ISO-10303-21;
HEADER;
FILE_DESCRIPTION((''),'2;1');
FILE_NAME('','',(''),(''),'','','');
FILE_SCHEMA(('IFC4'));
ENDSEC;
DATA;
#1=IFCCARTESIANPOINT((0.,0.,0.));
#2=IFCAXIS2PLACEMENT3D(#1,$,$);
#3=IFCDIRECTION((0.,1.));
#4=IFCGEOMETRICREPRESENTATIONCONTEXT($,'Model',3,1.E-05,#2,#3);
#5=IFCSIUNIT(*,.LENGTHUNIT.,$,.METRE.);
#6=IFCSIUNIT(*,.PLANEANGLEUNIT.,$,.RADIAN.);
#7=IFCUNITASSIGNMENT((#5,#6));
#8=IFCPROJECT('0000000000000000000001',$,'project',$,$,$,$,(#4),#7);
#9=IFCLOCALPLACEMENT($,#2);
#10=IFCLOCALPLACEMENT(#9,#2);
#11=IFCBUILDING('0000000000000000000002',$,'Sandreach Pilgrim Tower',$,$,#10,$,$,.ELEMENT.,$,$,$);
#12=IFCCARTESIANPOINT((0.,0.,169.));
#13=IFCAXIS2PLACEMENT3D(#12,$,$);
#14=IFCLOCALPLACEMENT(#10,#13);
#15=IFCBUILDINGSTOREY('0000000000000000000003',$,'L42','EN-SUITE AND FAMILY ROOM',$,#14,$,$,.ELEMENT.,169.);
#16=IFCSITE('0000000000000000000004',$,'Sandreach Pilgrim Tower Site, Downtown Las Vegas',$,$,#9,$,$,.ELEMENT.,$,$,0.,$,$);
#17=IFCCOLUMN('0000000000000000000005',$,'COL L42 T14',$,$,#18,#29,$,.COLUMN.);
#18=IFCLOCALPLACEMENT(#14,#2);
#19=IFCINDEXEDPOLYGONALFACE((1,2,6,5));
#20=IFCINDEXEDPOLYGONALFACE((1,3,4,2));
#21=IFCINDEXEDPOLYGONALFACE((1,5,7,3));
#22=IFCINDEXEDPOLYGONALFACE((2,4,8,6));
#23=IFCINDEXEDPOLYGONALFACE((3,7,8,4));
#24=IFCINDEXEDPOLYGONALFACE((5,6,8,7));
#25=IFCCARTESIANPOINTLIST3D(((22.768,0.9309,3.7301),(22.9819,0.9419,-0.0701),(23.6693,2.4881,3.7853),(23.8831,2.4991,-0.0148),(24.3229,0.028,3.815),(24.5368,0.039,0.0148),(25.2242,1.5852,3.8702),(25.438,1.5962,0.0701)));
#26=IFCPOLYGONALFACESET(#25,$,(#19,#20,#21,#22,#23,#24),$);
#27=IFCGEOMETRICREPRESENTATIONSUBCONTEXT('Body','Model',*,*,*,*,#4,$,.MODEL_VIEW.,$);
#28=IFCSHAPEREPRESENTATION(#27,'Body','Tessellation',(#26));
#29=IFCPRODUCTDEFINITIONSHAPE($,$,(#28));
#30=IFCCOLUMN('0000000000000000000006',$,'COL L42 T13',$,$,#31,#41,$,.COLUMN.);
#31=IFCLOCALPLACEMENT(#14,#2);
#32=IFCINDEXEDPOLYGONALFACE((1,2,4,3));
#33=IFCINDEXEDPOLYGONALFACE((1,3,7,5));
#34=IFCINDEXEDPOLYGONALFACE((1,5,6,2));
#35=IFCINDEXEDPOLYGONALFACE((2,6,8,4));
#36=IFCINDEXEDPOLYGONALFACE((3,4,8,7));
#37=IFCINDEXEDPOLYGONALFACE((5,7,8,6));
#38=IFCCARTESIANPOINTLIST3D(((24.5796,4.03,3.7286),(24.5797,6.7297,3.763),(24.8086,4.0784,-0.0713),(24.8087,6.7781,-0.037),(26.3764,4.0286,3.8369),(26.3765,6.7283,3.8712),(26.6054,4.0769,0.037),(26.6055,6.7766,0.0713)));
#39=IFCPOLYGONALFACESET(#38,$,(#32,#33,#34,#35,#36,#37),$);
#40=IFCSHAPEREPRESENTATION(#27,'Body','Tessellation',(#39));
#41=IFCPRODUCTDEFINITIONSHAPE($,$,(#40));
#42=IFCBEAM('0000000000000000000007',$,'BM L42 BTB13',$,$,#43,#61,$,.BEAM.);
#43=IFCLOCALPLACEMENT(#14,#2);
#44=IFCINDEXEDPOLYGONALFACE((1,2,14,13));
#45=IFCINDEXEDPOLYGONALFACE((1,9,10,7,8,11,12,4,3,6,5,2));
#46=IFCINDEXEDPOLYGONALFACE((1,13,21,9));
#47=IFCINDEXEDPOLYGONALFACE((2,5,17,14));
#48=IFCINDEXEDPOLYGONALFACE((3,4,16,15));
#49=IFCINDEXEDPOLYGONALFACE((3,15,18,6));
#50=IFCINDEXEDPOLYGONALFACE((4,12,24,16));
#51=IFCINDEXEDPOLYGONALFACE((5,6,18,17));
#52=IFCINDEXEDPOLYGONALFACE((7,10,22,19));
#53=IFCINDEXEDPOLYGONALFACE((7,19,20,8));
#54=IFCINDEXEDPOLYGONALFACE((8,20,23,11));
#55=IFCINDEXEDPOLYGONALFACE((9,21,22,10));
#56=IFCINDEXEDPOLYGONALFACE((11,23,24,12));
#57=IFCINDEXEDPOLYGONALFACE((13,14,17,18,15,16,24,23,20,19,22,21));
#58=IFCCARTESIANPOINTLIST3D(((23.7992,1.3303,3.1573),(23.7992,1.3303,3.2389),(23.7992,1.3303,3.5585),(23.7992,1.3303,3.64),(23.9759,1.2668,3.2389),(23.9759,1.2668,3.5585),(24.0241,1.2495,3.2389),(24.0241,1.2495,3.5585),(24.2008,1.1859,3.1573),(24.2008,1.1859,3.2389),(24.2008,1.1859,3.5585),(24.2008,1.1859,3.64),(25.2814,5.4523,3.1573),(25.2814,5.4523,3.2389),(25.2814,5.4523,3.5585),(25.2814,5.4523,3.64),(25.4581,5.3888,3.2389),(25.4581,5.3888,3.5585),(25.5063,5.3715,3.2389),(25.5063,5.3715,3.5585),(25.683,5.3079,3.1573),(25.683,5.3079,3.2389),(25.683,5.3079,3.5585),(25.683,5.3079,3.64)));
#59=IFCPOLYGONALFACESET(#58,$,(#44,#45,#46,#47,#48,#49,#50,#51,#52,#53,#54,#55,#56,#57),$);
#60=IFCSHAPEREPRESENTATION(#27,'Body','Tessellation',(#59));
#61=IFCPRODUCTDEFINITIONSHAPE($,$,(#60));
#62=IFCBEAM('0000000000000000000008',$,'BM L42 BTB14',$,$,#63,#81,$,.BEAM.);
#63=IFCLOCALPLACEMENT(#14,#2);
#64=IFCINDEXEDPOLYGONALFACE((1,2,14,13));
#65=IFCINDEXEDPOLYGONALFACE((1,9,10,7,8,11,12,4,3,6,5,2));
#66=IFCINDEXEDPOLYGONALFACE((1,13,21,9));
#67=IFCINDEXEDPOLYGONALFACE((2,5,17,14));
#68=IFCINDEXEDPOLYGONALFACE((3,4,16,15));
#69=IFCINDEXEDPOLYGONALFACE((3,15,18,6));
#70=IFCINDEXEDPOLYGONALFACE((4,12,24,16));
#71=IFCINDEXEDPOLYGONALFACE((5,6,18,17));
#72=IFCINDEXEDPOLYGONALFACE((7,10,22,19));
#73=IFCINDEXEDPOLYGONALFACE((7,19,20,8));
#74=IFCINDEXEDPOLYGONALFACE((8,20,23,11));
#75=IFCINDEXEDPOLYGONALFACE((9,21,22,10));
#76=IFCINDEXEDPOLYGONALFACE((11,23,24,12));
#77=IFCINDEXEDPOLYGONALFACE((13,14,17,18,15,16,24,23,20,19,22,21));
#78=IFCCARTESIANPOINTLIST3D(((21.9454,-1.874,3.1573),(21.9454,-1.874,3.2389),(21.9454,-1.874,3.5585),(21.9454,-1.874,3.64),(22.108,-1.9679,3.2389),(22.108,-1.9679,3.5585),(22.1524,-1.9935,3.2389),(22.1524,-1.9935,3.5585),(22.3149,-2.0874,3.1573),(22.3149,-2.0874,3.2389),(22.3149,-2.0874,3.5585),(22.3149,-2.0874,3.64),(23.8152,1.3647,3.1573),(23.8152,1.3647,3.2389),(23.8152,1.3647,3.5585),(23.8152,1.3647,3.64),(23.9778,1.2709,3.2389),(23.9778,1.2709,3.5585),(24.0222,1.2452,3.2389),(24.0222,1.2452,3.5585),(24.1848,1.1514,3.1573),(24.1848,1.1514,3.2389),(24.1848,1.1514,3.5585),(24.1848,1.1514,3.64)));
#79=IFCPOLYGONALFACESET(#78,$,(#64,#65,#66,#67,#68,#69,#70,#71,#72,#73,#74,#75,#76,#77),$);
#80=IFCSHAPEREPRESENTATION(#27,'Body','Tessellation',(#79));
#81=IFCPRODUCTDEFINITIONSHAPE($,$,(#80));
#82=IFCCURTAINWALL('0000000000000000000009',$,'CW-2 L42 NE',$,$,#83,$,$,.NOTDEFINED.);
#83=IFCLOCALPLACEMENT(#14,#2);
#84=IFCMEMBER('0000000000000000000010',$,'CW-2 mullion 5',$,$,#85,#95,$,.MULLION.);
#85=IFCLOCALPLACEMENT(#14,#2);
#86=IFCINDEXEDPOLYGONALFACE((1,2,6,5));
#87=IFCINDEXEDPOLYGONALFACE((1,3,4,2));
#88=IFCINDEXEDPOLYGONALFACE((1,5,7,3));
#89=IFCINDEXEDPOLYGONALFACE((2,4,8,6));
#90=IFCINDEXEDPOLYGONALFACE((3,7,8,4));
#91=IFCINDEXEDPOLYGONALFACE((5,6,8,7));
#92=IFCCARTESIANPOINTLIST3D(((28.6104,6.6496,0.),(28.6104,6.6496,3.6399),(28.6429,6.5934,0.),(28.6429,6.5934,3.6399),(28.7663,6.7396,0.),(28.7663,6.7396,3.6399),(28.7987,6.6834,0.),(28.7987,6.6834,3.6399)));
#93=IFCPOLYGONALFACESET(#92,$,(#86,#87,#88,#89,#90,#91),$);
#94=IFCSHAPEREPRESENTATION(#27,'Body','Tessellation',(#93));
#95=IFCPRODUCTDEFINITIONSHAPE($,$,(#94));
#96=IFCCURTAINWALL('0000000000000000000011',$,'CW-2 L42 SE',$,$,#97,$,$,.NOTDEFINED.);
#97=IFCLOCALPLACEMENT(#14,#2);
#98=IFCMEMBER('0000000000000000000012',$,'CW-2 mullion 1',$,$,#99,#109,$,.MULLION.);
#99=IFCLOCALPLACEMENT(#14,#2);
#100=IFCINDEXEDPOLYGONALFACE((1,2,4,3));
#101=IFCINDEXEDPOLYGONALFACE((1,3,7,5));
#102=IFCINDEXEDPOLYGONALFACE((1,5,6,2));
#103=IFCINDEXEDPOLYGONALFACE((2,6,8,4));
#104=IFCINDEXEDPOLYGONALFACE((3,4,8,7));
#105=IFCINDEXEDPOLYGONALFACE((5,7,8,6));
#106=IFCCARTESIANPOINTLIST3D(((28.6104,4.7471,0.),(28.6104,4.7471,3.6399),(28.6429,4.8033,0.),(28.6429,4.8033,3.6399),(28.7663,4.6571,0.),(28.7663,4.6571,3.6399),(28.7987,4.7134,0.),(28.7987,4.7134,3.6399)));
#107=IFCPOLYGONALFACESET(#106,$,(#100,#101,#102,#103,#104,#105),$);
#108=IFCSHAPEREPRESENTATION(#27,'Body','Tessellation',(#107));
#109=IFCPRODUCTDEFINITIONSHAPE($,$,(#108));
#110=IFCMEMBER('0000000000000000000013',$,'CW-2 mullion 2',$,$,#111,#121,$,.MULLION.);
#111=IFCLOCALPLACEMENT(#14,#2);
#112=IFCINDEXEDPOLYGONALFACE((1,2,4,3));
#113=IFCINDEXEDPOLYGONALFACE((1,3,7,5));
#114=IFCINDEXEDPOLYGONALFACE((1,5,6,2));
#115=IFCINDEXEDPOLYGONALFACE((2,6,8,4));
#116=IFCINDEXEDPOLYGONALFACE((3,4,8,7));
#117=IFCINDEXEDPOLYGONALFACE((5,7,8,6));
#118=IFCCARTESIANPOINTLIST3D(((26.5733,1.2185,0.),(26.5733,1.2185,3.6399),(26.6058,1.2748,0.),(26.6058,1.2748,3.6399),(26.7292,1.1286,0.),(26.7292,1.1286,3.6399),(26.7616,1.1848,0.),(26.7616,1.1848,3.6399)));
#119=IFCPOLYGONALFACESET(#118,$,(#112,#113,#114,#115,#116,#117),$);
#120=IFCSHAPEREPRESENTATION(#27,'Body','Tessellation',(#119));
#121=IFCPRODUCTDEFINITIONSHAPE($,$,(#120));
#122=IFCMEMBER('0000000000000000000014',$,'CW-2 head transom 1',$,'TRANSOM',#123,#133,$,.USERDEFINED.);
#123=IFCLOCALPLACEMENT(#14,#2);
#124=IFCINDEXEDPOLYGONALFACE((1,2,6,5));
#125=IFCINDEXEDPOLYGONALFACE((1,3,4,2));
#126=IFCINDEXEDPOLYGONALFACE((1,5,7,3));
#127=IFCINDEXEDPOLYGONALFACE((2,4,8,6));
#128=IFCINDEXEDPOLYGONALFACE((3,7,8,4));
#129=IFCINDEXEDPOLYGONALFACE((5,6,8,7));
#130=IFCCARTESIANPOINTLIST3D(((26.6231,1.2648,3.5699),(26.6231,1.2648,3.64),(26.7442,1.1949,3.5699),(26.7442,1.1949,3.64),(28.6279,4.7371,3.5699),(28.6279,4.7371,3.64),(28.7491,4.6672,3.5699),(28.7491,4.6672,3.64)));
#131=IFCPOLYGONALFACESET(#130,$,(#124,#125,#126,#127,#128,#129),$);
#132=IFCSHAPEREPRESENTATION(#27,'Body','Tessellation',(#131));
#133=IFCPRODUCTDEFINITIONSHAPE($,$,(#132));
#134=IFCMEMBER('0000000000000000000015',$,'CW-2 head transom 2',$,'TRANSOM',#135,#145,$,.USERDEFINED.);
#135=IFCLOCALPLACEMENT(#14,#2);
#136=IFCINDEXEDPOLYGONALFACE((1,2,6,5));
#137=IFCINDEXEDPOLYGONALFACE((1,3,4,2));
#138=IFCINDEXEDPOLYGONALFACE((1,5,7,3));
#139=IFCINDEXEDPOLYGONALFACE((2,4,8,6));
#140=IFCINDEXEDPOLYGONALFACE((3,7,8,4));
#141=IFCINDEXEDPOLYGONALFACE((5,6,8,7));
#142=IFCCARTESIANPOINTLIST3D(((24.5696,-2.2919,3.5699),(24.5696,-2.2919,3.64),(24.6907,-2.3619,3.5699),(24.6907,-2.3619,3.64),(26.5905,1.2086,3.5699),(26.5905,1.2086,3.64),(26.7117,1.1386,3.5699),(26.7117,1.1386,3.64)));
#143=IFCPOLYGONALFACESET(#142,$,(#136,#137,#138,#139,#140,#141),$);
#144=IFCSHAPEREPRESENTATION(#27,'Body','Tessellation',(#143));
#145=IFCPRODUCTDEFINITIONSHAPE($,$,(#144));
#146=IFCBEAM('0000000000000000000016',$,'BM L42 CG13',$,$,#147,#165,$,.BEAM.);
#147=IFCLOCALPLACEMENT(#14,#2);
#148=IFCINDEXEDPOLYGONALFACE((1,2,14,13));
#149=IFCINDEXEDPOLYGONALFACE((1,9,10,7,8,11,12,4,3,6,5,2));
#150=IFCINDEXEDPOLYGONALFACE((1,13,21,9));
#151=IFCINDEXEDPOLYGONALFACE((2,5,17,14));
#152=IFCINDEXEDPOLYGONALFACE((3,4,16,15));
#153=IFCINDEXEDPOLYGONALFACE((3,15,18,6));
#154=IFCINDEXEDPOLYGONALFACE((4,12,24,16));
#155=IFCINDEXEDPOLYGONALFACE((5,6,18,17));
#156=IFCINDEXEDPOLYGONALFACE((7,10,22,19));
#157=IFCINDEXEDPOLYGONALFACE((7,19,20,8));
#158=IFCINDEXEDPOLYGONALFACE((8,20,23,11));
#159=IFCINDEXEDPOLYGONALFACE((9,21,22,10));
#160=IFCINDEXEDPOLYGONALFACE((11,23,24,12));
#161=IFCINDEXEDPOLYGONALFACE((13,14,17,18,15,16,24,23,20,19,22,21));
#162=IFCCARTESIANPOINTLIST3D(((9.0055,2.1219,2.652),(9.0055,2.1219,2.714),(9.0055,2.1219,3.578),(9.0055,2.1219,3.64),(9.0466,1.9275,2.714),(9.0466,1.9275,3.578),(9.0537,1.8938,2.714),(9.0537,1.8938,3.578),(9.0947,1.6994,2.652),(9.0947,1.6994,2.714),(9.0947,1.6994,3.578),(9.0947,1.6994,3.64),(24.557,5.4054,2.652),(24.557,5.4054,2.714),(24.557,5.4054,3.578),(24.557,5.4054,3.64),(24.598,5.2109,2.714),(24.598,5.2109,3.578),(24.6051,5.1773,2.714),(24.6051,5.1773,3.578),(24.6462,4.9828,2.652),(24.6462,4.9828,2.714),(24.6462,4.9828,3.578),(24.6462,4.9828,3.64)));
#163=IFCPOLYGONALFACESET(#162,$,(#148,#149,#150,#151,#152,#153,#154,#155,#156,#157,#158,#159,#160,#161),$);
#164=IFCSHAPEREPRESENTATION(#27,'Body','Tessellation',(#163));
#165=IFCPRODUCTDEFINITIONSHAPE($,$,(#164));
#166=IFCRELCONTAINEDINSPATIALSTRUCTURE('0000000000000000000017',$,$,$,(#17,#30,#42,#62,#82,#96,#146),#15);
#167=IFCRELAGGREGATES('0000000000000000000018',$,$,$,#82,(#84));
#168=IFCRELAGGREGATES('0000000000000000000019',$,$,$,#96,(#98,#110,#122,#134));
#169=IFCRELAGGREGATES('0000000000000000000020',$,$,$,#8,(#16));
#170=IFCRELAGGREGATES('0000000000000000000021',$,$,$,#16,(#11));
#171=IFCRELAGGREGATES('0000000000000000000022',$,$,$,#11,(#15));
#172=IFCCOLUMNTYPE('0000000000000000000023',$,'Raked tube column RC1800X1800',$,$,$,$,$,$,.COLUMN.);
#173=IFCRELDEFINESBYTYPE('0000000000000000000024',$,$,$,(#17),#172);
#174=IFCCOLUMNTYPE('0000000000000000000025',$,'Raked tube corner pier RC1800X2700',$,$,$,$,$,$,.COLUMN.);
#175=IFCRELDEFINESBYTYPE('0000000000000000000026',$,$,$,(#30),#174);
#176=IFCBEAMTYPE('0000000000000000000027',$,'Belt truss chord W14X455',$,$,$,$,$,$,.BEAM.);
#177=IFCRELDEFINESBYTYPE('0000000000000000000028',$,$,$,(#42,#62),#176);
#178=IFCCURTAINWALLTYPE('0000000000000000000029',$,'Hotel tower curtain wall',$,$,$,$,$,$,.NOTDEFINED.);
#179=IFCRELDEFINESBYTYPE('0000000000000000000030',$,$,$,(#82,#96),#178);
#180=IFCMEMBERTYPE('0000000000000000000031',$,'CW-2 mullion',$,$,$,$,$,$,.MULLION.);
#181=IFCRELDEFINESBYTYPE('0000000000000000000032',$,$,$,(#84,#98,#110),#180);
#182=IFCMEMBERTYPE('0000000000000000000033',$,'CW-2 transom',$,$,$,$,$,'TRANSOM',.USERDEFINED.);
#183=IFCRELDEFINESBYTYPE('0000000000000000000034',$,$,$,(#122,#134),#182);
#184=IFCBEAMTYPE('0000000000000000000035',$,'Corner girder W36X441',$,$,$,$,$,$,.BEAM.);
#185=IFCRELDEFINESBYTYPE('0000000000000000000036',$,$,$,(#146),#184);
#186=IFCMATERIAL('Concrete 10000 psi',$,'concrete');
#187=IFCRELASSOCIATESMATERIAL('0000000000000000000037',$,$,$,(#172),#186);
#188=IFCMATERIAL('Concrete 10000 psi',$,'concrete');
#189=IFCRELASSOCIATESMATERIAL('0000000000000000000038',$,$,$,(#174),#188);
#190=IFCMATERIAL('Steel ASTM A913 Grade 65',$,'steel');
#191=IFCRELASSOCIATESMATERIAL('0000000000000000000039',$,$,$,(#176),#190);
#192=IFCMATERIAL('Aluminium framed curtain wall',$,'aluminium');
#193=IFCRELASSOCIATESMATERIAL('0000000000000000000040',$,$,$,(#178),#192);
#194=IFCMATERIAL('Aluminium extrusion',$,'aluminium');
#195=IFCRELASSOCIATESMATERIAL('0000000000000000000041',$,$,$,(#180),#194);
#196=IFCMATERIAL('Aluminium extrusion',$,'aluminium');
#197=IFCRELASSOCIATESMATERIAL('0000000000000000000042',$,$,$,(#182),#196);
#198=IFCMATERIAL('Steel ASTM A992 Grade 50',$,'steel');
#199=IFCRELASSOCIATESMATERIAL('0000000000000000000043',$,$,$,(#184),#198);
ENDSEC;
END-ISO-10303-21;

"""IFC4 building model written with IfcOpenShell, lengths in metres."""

from ifc_helpers import new_model, si_unit, direction, frame, origin, origin_2d, place, context, subcontext, project, spatial, rectangle, i_section, extrude, material, material_profile, profile_set, type_object, element, aggregate, save


model = new_model("IFC4")

# Units and contexts
model_context = context("Model", 3, precision=1e-05, world=origin(), true_north=direction((0.0, 1.0)))
body_context = subcontext(model_context, "Body", "Model", "MODEL_VIEW")
ifc_project = project(units=[si_unit("LENGTHUNIT", "METRE"), si_unit("PLANEANGLEUNIT", "RADIAN")], contexts=[model_context])

# Site, building, storey
site_placement = place(None, origin())
site = spatial("IfcSite", under=ifc_project, at=site_placement, Name="Sandreach Pilgrim Tower Site, Downtown Las Vegas", CompositionType="ELEMENT", RefElevation=0.0)
building_placement = place(site_placement, origin())
building = spatial("IfcBuilding", under=site, at=building_placement, Name="Sandreach Pilgrim Tower", CompositionType="ELEMENT")
storey_placement = place(building_placement, frame((0.0, 0.0, 169.0)))
storey = spatial("IfcBuildingStorey", under=building, at=storey_placement, Name="L42", Description="EN-SUITE AND FAMILY ROOM", CompositionType="ELEMENT", Elevation=169.0)

# Columns
ifc_material_1 = material(Name="Concrete 10000 psi", Category="concrete")
ifc_material_profile_1 = material_profile(ifc_material_1, rectangle(XDim=1.8, YDim=1.8, at=origin_2d()), Name="RC1800X1800")
ifc_profile_set_1 = profile_set([ifc_material_profile_1], Name="Concrete 10000 psi")
column_type_1 = type_object("IfcColumnType", Name="Raked tube column RC1800X1800", PredefinedType="COLUMN", material=ifc_profile_set_1)
column_1_placement = place(storey_placement, frame((24.21, 1.269, 0.0), z_axis=(-0.056191, -0.002887, 0.998416), x_axis=(0.86381, -0.501605, 0.047165)))
element("IfcColumn", 1, at=column_1_placement, inside=storey, type_object=column_type_1, Name="COL L42 T14", PredefinedType="COLUMN", context=body_context, shape_type="SweptSolid", body=[
    extrude(rectangle(XDim=1.8, YDim=1.8, at=origin_2d()), origin(), (0.0, 0.0, 1.0), 3.8062),
])
ifc_material_2 = material(Name="Concrete 10000 psi", Category="concrete")
ifc_material_profile_2 = material_profile(ifc_material_2, rectangle(XDim=1.8, YDim=2.7, at=origin_2d()), Name="RC1800X2700")
ifc_profile_set_2 = profile_set([ifc_material_profile_2], Name="Concrete 10000 psi")
column_type_2 = type_object("IfcColumnType", Name="Raked tube corner pier RC1800X2700", PredefinedType="COLUMN", material=ifc_profile_set_2)
column_2_placement = place(storey_placement, frame((25.707, 5.4275, 0.0), z_axis=(-0.060149, -0.012697, 0.998109), x_axis=(0.998189, -0.000809, 0.060144)))
element("IfcColumn", 2, at=column_2_placement, inside=storey, type_object=column_type_2, Name="COL L42 T13", PredefinedType="COLUMN", context=body_context, shape_type="SweptSolid", body=[
    extrude(rectangle(XDim=1.8, YDim=2.7, at=origin_2d()), origin(), (0.0, 0.0, 1.0), 3.8071),
])

# Beams
ifc_material_3 = material(Name="Steel ASTM A913 Grade 65", Category="steel")
ifc_material_profile_3 = material_profile(ifc_material_3, i_section(OverallWidth=0.4268, OverallDepth=0.4827, WebThickness=0.0513, FlangeThickness=0.0815, at=origin_2d()), Name="W14X455")
ifc_profile_set_3 = profile_set([ifc_material_profile_3], Name="Steel ASTM A913 Grade 65")
beam_type_1 = type_object("IfcBeamType", Name="Belt truss chord W14X455", PredefinedType="BEAM", material=ifc_profile_set_3)
beam_1_placement = place(storey_placement, frame((25.4822, 5.3801, 3.3987), z_axis=(-0.338362, -0.941016, 0.0), x_axis=(0.941016, -0.338362, 0.0)))
element("IfcBeam", 3, at=beam_1_placement, inside=storey, type_object=beam_type_1, Name="BM L42 BTB13", PredefinedType="BEAM", context=body_context, shape_type="SweptSolid", body=[
    extrude(i_section(OverallWidth=0.4268, OverallDepth=0.4827, WebThickness=0.0513, FlangeThickness=0.0815, at=origin_2d()), origin(), (0.0, 0.0, 1.0), 4.3804),
])
beam_2_placement = place(storey_placement, frame((24.0, 1.2581, 3.3987), z_axis=(-0.499994, -0.866029, 0.0), x_axis=(0.866029, -0.499994, 0.0)))
element("IfcBeam", 4, at=beam_2_placement, inside=storey, type_object=beam_type_1, Name="BM L42 BTB14", PredefinedType="BEAM", context=body_context, shape_type="SweptSolid", body=[
    extrude(i_section(OverallWidth=0.4268, OverallDepth=0.4827, WebThickness=0.0513, FlangeThickness=0.0815, at=origin_2d()), origin(), (0.0, 0.0, 1.0), 3.7397),
])

# Curtain wall, member
ifc_material_4 = material(Name="Aluminium framed curtain wall", Category="aluminium")
curtain_wall_type = type_object("IfcCurtainWallType", Name="Hotel tower curtain wall", PredefinedType="NOTDEFINED", material=ifc_material_4)
curtain_wall_1_placement = place(storey_placement, origin())
curtain_wall_1 = element("IfcCurtainWall", 5, at=curtain_wall_1_placement, inside=storey, type_object=curtain_wall_type, Name="CW-2 L42 NE", PredefinedType="NOTDEFINED")
ifc_material_5 = material(Name="Aluminium extrusion", Category="aluminium")
ifc_material_profile_4 = material_profile(ifc_material_5, rectangle(XDim=0.0649, YDim=0.1799, at=origin_2d()), Name="CW-2M 65X180")
ifc_profile_set_4 = profile_set([ifc_material_profile_4], Name="Aluminium extrusion")
member_type_1 = type_object("IfcMemberType", Name="CW-2 mullion", PredefinedType="MULLION", material=ifc_profile_set_4)
member_1_placement = place(storey_placement, frame((28.7046, 6.6665, 0.0), z_axis=(0.0, 0.0, 1.0), x_axis=(0.5, -0.866025, 0.0)))
member_1 = element("IfcMember", 6, at=member_1_placement, type_object=member_type_1, Name="CW-2 mullion 5", PredefinedType="MULLION", context=body_context, shape_type="SweptSolid", body=[
    extrude(rectangle(XDim=0.0649, YDim=0.1799, at=origin_2d()), origin(), (0.0, 0.0, 1.0), 3.6399),
])

# Curtain wall, members
curtain_wall_2_placement = place(storey_placement, origin())
curtain_wall_2 = element("IfcCurtainWall", 7, at=curtain_wall_2_placement, inside=storey, type_object=curtain_wall_type, Name="CW-2 L42 SE", PredefinedType="NOTDEFINED")
member_2_placement = place(storey_placement, frame((28.7046, 4.7302, 0.0), z_axis=(0.0, 0.0, 1.0), x_axis=(-0.5, -0.866025, 0.0)))
member_2 = element("IfcMember", 8, at=member_2_placement, type_object=member_type_1, Name="CW-2 mullion 1", PredefinedType="MULLION", context=body_context, shape_type="SweptSolid", body=[
    extrude(rectangle(XDim=0.0649, YDim=0.1799, at=origin_2d()), origin(), (0.0, 0.0, 1.0), 3.6399),
])
member_3_placement = place(storey_placement, frame((26.6675, 1.2017, 0.0), z_axis=(0.0, 0.0, 1.0), x_axis=(-0.5, -0.866025, 0.0)))
member_3 = element("IfcMember", 9, at=member_3_placement, type_object=member_type_1, Name="CW-2 mullion 2", PredefinedType="MULLION", context=body_context, shape_type="SweptSolid", body=[
    extrude(rectangle(XDim=0.0649, YDim=0.1799, at=origin_2d()), origin(), (0.0, 0.0, 1.0), 3.6399),
])
ifc_material_6 = material(Name="Aluminium extrusion", Category="aluminium")
ifc_material_profile_5 = material_profile(ifc_material_6, rectangle(XDim=0.1399, YDim=0.0701, at=origin_2d()), Name="CW-2T 140X70")
ifc_profile_set_5 = profile_set([ifc_material_profile_5], Name="Aluminium extrusion")
member_type_2 = type_object("IfcMemberType", Name="CW-2 transom", ElementType="TRANSOM", PredefinedType="USERDEFINED", material=ifc_profile_set_5)
member_4_placement = place(storey_placement, frame((28.6885, 4.7021, 3.605), z_axis=(-0.500016, -0.866016, 0.0), x_axis=(0.866016, -0.500016, 0.0)))
member_4 = element("IfcMember", 10, at=member_4_placement, type_object=member_type_2, Name="CW-2 head transom 1", ObjectType="TRANSOM", PredefinedType="USERDEFINED", context=body_context, shape_type="SweptSolid", body=[
    extrude(rectangle(XDim=0.1399, YDim=0.0701, at=origin_2d()), origin(), (0.0, 0.0, 1.0), 4.0095),
])
member_5_placement = place(storey_placement, frame((26.6511, 1.1736, 3.605), z_axis=(-0.499998, -0.866027, 0.0), x_axis=(0.866027, -0.499998, 0.0)))
member_5 = element("IfcMember", 11, at=member_5_placement, type_object=member_type_2, Name="CW-2 head transom 2", ObjectType="TRANSOM", PredefinedType="USERDEFINED", context=body_context, shape_type="SweptSolid", body=[
    extrude(rectangle(XDim=0.1399, YDim=0.0701, at=origin_2d()), origin(), (0.0, 0.0, 1.0), 4.042),
])

# Beam
ifc_material_7 = material(Name="Steel ASTM A992 Grade 50", Category="steel")
ifc_material_profile_6 = material_profile(ifc_material_7, i_section(OverallWidth=0.4319, OverallDepth=0.988, WebThickness=0.0344, FlangeThickness=0.062, at=origin_2d()), Name="W36X441")
ifc_profile_set_6 = profile_set([ifc_material_profile_6], Name="Steel ASTM A992 Grade 50")
beam_type_2 = type_object("IfcBeamType", Name="Corner girder W36X441", PredefinedType="BEAM", material=ifc_profile_set_6)
beam_3_placement = place(storey_placement, frame((24.6016, 5.1941, 3.146), z_axis=(-0.97843, -0.206579, 0.0), x_axis=(0.206579, -0.97843, 0.0)))
element("IfcBeam", 12, at=beam_3_placement, inside=storey, type_object=beam_type_2, Name="BM L42 CG13", PredefinedType="BEAM", context=body_context, shape_type="SweptSolid", body=[
    extrude(i_section(OverallWidth=0.4319, OverallDepth=0.988, WebThickness=0.0344, FlangeThickness=0.062, at=origin_2d()), origin(), (0.0, 0.0, 1.0), 15.8943),
])

aggregate(curtain_wall_1, [member_1])
aggregate(curtain_wall_2, [member_2, member_3, member_4, member_5])

save(model, "model.ifc")
